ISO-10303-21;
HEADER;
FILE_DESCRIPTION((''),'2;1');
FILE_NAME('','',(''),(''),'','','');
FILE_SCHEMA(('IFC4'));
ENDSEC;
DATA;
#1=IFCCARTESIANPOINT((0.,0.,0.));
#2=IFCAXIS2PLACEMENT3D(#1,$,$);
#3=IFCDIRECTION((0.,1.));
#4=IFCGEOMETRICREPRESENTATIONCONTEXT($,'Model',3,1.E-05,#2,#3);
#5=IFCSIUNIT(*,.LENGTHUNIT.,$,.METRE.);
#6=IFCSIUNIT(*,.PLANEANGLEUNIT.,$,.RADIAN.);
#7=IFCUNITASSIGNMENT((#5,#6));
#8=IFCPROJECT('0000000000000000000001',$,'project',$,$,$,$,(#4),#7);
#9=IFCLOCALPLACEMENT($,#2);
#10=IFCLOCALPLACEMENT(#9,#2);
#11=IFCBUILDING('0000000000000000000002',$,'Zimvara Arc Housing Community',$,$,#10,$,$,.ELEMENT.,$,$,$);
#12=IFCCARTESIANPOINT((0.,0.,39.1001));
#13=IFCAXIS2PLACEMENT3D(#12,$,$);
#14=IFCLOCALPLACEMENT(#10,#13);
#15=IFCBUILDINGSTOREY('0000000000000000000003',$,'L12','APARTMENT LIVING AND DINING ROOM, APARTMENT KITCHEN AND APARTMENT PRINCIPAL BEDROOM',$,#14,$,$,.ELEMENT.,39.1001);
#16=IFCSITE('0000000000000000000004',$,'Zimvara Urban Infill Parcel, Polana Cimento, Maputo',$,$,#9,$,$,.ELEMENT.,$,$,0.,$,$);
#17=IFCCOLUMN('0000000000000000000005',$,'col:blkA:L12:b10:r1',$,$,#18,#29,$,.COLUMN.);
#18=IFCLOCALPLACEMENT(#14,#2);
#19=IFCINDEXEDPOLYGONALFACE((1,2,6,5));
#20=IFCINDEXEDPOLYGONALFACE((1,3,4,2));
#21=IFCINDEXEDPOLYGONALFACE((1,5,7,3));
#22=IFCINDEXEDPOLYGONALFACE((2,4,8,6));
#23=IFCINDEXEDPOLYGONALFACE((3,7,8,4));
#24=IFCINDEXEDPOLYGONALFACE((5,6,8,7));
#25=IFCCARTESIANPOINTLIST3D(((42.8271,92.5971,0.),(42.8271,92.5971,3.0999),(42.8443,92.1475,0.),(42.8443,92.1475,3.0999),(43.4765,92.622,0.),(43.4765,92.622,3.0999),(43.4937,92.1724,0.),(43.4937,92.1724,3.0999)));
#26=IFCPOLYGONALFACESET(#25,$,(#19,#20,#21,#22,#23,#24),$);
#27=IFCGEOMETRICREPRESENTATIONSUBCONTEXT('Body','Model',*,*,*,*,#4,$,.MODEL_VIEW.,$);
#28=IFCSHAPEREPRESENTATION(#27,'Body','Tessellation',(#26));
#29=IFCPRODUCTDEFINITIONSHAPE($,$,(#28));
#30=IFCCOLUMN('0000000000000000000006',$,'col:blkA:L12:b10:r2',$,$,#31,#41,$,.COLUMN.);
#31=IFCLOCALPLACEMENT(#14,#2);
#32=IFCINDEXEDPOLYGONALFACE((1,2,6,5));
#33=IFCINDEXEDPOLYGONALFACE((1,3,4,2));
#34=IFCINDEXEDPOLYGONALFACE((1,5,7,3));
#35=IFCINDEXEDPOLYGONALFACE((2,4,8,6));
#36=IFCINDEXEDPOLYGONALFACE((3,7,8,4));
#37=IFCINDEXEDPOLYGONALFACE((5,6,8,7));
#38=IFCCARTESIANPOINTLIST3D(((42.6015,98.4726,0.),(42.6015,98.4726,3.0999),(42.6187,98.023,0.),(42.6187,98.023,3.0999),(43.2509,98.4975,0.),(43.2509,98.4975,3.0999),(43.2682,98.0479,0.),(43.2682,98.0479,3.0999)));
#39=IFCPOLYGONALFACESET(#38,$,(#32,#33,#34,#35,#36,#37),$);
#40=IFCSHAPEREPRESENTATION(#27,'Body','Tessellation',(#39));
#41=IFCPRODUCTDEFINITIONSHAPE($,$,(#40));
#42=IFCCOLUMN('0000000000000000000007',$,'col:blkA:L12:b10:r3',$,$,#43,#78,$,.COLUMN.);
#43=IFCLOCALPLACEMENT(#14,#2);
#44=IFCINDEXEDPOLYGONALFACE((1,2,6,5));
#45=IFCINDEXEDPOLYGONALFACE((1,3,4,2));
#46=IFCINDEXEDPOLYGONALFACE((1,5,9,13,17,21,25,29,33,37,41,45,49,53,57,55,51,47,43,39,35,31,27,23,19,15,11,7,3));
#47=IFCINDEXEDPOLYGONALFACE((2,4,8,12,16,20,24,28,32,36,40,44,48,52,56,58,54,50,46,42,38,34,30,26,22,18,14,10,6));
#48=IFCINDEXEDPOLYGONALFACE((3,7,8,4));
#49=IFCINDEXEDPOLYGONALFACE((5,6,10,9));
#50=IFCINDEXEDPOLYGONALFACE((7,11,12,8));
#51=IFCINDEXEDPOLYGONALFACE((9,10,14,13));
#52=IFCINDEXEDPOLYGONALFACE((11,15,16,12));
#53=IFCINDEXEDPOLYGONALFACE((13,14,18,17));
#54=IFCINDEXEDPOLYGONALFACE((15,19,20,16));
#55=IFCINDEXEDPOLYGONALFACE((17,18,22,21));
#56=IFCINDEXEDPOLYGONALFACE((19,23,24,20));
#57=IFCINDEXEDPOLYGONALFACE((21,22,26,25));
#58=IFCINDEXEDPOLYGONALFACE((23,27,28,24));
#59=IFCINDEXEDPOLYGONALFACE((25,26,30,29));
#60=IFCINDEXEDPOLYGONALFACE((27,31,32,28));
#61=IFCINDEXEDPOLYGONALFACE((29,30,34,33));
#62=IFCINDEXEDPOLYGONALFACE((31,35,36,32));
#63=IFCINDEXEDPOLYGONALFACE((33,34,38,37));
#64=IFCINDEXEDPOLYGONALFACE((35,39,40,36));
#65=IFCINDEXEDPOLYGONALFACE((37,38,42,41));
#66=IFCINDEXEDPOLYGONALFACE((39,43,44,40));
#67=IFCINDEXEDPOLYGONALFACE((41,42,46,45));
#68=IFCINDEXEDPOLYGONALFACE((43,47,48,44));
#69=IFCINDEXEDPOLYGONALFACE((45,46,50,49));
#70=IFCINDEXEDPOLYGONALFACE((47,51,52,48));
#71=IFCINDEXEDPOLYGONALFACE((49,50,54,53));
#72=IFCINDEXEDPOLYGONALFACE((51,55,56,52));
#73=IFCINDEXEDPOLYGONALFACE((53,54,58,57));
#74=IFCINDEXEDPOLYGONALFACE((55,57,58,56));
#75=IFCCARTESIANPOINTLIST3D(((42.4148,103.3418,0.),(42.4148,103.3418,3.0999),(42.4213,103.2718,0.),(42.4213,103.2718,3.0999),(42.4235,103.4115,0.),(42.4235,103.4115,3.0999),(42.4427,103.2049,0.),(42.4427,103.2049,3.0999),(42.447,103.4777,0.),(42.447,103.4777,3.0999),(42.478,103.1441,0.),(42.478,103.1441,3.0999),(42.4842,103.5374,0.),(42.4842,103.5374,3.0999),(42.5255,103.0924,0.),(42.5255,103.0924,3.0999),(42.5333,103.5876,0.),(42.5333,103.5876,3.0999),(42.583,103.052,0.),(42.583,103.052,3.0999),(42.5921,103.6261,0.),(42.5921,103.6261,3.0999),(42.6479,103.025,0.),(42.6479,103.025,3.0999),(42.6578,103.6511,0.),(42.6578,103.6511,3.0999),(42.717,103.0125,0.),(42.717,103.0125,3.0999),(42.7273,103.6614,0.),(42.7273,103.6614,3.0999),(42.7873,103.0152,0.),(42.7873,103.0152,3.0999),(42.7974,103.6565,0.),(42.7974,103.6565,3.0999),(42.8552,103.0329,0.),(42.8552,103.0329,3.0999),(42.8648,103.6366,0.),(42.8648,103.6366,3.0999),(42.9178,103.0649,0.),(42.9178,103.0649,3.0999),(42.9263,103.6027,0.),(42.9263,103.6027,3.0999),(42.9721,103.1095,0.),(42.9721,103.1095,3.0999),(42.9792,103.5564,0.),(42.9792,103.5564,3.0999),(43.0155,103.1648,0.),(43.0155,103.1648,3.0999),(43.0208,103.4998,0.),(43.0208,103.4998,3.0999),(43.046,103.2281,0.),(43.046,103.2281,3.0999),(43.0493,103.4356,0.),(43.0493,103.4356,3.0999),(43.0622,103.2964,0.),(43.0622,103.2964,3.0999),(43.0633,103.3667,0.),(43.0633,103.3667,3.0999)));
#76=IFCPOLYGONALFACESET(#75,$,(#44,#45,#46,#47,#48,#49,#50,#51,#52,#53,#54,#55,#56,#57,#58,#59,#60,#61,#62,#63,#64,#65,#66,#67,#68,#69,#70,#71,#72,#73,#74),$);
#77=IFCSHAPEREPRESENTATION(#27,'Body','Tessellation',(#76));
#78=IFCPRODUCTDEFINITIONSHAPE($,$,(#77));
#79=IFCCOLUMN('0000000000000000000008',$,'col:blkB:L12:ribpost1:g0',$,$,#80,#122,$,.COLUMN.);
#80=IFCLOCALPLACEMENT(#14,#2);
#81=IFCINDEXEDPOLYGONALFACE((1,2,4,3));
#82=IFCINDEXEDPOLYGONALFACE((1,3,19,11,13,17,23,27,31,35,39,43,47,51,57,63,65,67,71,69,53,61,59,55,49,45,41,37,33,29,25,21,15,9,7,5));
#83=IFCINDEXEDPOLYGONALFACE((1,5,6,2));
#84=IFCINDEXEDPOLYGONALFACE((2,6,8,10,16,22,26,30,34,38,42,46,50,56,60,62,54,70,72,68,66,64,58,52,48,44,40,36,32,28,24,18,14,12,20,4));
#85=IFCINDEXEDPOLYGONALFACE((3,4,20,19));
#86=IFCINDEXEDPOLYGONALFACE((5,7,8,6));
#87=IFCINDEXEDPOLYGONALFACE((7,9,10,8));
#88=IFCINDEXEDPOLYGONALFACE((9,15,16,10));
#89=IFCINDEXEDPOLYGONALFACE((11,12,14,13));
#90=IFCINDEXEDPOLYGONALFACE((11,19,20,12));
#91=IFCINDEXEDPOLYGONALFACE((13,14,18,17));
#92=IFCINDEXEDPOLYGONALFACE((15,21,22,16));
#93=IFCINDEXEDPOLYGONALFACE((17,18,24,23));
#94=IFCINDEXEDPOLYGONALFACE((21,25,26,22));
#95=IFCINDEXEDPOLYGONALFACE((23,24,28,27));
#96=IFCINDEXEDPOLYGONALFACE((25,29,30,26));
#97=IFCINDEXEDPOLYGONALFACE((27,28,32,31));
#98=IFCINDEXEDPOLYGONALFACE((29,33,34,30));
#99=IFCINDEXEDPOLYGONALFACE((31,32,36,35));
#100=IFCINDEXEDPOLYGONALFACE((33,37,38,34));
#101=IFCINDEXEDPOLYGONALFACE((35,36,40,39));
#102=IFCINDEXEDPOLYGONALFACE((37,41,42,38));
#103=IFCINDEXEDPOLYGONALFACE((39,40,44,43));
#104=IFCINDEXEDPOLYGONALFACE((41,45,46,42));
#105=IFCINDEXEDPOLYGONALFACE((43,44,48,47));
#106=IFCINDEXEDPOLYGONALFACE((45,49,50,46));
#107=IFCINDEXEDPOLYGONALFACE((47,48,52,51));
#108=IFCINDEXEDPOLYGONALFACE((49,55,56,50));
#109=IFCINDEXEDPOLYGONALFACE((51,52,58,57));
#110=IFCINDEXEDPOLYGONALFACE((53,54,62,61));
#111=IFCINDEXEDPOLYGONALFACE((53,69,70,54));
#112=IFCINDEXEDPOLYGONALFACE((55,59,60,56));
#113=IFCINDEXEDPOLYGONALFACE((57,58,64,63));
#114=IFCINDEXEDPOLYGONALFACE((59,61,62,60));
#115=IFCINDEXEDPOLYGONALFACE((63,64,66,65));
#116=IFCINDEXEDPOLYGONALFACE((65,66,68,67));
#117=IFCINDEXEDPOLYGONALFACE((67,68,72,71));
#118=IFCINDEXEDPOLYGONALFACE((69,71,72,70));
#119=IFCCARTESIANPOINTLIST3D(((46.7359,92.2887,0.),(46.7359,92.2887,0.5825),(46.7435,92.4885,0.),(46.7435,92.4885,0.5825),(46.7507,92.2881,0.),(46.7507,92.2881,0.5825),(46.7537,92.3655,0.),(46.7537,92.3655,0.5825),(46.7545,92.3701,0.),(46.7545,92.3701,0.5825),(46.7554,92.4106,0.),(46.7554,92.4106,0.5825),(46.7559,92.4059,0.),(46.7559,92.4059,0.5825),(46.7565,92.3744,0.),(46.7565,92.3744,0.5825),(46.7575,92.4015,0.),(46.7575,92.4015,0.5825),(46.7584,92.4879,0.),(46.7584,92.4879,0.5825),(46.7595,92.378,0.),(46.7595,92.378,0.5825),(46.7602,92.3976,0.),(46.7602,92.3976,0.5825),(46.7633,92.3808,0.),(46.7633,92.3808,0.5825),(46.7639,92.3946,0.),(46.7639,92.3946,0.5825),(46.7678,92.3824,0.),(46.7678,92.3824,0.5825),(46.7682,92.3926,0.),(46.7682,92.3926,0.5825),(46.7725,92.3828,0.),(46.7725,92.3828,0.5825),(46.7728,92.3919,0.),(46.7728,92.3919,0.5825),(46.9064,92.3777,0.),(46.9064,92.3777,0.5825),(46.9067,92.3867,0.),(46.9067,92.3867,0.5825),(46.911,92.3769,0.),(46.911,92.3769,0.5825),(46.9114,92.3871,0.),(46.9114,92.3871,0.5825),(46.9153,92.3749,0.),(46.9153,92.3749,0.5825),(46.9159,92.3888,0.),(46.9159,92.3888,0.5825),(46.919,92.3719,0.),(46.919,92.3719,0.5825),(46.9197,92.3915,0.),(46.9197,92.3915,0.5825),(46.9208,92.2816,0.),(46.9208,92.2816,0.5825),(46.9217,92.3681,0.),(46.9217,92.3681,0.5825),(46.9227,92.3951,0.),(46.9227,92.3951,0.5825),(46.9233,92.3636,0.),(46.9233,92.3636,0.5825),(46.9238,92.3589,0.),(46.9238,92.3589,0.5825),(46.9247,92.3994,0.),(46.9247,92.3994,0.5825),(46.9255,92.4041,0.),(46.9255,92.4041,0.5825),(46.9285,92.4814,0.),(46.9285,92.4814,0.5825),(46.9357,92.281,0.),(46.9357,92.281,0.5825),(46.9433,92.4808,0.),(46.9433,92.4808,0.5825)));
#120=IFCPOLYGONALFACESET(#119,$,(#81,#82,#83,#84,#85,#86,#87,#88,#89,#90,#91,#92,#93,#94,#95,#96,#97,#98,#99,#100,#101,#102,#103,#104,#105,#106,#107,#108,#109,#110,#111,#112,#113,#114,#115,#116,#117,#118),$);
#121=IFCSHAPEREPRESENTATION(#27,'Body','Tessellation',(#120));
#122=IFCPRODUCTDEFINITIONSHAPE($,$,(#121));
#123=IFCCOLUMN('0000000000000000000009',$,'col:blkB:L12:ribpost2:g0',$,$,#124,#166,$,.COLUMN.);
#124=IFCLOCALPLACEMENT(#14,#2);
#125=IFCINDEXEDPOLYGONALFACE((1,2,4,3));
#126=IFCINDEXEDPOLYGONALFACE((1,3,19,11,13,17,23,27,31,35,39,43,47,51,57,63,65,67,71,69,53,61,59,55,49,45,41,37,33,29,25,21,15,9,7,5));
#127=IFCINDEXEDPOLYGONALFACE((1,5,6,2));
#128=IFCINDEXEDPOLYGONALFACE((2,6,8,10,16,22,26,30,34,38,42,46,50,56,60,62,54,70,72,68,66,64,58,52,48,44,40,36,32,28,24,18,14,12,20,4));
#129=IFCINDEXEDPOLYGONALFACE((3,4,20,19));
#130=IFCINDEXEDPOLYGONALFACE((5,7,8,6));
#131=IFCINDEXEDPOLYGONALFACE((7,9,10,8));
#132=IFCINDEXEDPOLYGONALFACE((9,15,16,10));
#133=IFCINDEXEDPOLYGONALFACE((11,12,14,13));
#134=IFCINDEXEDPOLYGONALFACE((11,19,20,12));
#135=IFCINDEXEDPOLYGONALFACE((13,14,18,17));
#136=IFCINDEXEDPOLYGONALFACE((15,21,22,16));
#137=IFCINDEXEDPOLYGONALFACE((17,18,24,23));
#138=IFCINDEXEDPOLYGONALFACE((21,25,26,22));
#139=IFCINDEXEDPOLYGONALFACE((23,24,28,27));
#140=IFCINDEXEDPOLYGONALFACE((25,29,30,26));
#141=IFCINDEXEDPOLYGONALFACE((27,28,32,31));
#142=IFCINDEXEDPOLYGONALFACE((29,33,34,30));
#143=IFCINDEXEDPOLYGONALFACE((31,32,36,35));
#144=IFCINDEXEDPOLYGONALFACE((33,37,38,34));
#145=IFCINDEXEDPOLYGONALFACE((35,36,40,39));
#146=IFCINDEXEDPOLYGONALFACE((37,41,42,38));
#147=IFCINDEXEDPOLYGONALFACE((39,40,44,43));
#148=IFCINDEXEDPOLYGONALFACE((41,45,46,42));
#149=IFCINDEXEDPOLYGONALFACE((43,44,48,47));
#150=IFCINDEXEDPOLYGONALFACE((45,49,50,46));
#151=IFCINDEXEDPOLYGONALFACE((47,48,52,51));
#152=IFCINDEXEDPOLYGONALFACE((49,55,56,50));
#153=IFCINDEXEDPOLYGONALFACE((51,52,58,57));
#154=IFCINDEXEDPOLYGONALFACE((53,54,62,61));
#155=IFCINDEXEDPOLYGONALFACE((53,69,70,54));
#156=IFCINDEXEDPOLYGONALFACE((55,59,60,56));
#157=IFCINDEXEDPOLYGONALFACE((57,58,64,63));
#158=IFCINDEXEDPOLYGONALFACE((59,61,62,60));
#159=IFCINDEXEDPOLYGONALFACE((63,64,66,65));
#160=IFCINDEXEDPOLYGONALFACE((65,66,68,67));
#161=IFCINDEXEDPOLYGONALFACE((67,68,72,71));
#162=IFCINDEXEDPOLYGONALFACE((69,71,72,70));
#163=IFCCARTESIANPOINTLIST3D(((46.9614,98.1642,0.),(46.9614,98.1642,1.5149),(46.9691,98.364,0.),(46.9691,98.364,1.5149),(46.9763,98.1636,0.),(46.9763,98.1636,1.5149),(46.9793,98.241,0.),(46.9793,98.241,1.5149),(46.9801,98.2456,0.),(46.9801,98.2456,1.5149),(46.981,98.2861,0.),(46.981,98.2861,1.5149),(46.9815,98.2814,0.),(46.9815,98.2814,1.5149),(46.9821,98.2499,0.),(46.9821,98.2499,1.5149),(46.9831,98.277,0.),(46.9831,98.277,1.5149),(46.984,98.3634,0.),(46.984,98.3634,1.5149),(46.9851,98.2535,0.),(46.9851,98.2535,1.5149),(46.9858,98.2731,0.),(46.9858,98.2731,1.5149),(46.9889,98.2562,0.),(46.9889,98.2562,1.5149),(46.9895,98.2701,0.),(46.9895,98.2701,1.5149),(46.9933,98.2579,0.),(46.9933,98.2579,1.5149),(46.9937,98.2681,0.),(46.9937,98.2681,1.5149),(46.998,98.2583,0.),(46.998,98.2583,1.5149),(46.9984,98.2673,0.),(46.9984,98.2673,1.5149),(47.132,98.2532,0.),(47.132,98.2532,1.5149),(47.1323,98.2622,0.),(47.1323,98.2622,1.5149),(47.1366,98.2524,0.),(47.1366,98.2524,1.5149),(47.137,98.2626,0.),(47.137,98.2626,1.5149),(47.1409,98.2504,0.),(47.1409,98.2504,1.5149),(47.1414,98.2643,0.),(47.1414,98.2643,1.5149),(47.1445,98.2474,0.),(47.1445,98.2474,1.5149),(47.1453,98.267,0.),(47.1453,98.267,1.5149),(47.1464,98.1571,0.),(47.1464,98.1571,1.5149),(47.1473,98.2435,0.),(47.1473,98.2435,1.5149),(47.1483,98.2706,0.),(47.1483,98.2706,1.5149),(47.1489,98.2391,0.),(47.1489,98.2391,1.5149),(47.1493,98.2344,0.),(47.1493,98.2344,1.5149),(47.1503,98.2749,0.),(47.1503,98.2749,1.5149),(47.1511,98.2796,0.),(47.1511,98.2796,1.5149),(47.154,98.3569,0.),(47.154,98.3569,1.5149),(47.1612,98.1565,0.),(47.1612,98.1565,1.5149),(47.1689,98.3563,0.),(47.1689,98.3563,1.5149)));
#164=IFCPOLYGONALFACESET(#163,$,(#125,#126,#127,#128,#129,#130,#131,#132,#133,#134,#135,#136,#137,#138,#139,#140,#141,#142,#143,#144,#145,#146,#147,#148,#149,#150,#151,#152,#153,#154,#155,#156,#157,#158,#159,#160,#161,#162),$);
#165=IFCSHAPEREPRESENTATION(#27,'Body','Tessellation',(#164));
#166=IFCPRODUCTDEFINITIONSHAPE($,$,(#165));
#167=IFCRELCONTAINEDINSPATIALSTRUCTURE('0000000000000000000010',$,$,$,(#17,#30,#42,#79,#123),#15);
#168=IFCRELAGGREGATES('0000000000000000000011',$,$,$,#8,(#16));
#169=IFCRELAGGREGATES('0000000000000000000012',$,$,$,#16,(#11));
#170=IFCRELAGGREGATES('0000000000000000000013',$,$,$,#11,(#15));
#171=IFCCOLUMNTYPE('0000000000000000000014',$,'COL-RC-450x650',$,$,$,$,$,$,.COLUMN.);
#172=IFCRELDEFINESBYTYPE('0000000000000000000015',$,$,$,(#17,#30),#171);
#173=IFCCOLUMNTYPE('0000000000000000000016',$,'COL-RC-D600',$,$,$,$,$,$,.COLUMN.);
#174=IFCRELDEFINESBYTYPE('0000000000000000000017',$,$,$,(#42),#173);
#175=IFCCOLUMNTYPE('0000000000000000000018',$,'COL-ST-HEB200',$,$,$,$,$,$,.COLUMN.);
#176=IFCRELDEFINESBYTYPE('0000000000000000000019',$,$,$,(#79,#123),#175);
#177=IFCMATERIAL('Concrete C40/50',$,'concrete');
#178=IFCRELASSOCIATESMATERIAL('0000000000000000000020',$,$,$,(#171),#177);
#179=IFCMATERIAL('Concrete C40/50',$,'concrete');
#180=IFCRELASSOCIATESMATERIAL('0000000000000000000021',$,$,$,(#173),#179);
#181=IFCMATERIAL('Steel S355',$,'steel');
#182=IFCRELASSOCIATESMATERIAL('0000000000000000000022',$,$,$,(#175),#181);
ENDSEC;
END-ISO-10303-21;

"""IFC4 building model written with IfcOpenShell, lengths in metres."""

from ifc_helpers import new_model, si_unit, direction, frame, origin, origin_2d, place, context, subcontext, project, spatial, rectangle, circle, i_section, extrude, material, material_profile, profile_set, type_object, element, save


model = new_model("IFC4")

# Units and contexts
model_context = context("Model", 3, precision=1e-05, world=origin(), true_north=direction((0.0, 1.0)))
body_context = subcontext(model_context, "Body", "Model", "MODEL_VIEW")
ifc_project = project(units=[si_unit("LENGTHUNIT", "METRE"), si_unit("PLANEANGLEUNIT", "RADIAN")], contexts=[model_context])

# Site, building, storey
site_placement = place(None, origin())
site = spatial("IfcSite", under=ifc_project, at=site_placement, Name="Zimvara Urban Infill Parcel, Polana Cimento, Maputo", CompositionType="ELEMENT", RefElevation=0.0)
building_placement = place(site_placement, origin())
building = spatial("IfcBuilding", under=site, at=building_placement, Name="Zimvara Arc Housing Community", CompositionType="ELEMENT")
storey_placement = place(building_placement, frame((0.0, 0.0, 39.1001)))
storey = spatial("IfcBuildingStorey", under=building, at=storey_placement, Name="L12", Description="APARTMENT LIVING AND DINING ROOM, APARTMENT KITCHEN AND APARTMENT PRINCIPAL BEDROOM", CompositionType="ELEMENT", Elevation=39.1001)

# Columns
ifc_material_1 = material(Name="Concrete C40/50", Category="concrete")
ifc_material_profile_1 = material_profile(ifc_material_1, rectangle(XDim=0.45, YDim=0.6499, at=origin_2d()), Name="RC 450x650")
ifc_profile_set_1 = profile_set([ifc_material_profile_1], Name="Concrete C40/50")
column_type_1 = type_object("IfcColumnType", Name="COL-RC-450x650", PredefinedType="COLUMN", material=ifc_profile_set_1)
for number, where, z_axis, x_axis, name in (
    (1, (43.1604, 92.3848, 0.0), (0.0, 0.0, 1.0), (-0.038388, 0.999263, 0.0), "col:blkA:L12:b10:r1"),
    (2, (42.9348, 98.2603, 0.0), (0.0, 0.0, 1.0), (-0.038388, 0.999263, 0.0), "col:blkA:L12:b10:r2"),
):
    element("IfcColumn", number, at=place(storey_placement, frame(where, z_axis=z_axis, x_axis=x_axis)), inside=storey, type_object=column_type_1, Name=name, PredefinedType="COLUMN", context=body_context, shape_type="SweptSolid", body=[
        extrude(rectangle(XDim=0.45, YDim=0.6499, at=origin_2d()), origin(), (0.0, 0.0, 1.0), 3.0999),
    ])
ifc_material_2 = material(Name="Concrete C40/50", Category="concrete")
ifc_material_profile_2 = material_profile(ifc_material_2, circle(Radius=0.325, at=origin_2d()), Name="RC D650")
ifc_profile_set_2 = profile_set([ifc_material_profile_2], Name="Concrete C40/50")
column_type_2 = type_object("IfcColumnType", Name="COL-RC-D600", PredefinedType="COLUMN", material=ifc_profile_set_2)
column_1_placement = place(storey_placement, frame((42.7397, 103.3367, 0.0), z_axis=(0.0, 0.0, 1.0), x_axis=(-0.038388, 0.999263, 0.0)))
element("IfcColumn", 3, at=column_1_placement, inside=storey, type_object=column_type_2, Name="col:blkA:L12:b10:r3", PredefinedType="COLUMN", context=body_context, shape_type="SweptSolid", body=[
    extrude(circle(Radius=0.325, at=origin_2d()), origin(), (0.0, 0.0, 1.0), 3.0999),
])
ifc_material_3 = material(Name="Steel S355", Category="steel")
ifc_material_profile_3 = material_profile(ifc_material_3, i_section(OverallWidth=0.2, OverallDepth=0.2, WebThickness=0.009, FlangeThickness=0.0149, FilletRadius=0.0181, at=origin_2d()), Name="HEB 200")
ifc_profile_set_3 = profile_set([ifc_material_profile_3], Name="Steel S355")
column_type_3 = type_object("IfcColumnType", Name="COL-ST-HEB200", PredefinedType="COLUMN", material=ifc_profile_set_3)
column_2_placement = place(storey_placement, frame((46.8396, 92.3848, 0.0), z_axis=(0.0, 0.0, 1.0), x_axis=(0.038388, 0.999263, 0.0)))
element("IfcColumn", 4, at=column_2_placement, inside=storey, type_object=column_type_3, Name="col:blkB:L12:ribpost1:g0", PredefinedType="COLUMN", context=body_context, shape_type="SweptSolid", body=[
    extrude(i_section(OverallWidth=0.2, OverallDepth=0.2, WebThickness=0.009, FlangeThickness=0.0149, FilletRadius=0.0181, at=origin_2d()), origin(), (0.0, 0.0, 1.0), 0.5825),
])
column_3_placement = place(storey_placement, frame((47.0652, 98.2603, 0.0), z_axis=(0.0, 0.0, 1.0), x_axis=(0.038388, 0.999263, 0.0)))
element("IfcColumn", 5, at=column_3_placement, inside=storey, type_object=column_type_3, Name="col:blkB:L12:ribpost2:g0", PredefinedType="COLUMN", context=body_context, shape_type="SweptSolid", body=[
    extrude(i_section(OverallWidth=0.2, OverallDepth=0.2, WebThickness=0.009, FlangeThickness=0.0149, FilletRadius=0.0181, at=origin_2d()), origin(), (0.0, 0.0, 1.0), 1.5149),
])

save(model, "model.ifc")
